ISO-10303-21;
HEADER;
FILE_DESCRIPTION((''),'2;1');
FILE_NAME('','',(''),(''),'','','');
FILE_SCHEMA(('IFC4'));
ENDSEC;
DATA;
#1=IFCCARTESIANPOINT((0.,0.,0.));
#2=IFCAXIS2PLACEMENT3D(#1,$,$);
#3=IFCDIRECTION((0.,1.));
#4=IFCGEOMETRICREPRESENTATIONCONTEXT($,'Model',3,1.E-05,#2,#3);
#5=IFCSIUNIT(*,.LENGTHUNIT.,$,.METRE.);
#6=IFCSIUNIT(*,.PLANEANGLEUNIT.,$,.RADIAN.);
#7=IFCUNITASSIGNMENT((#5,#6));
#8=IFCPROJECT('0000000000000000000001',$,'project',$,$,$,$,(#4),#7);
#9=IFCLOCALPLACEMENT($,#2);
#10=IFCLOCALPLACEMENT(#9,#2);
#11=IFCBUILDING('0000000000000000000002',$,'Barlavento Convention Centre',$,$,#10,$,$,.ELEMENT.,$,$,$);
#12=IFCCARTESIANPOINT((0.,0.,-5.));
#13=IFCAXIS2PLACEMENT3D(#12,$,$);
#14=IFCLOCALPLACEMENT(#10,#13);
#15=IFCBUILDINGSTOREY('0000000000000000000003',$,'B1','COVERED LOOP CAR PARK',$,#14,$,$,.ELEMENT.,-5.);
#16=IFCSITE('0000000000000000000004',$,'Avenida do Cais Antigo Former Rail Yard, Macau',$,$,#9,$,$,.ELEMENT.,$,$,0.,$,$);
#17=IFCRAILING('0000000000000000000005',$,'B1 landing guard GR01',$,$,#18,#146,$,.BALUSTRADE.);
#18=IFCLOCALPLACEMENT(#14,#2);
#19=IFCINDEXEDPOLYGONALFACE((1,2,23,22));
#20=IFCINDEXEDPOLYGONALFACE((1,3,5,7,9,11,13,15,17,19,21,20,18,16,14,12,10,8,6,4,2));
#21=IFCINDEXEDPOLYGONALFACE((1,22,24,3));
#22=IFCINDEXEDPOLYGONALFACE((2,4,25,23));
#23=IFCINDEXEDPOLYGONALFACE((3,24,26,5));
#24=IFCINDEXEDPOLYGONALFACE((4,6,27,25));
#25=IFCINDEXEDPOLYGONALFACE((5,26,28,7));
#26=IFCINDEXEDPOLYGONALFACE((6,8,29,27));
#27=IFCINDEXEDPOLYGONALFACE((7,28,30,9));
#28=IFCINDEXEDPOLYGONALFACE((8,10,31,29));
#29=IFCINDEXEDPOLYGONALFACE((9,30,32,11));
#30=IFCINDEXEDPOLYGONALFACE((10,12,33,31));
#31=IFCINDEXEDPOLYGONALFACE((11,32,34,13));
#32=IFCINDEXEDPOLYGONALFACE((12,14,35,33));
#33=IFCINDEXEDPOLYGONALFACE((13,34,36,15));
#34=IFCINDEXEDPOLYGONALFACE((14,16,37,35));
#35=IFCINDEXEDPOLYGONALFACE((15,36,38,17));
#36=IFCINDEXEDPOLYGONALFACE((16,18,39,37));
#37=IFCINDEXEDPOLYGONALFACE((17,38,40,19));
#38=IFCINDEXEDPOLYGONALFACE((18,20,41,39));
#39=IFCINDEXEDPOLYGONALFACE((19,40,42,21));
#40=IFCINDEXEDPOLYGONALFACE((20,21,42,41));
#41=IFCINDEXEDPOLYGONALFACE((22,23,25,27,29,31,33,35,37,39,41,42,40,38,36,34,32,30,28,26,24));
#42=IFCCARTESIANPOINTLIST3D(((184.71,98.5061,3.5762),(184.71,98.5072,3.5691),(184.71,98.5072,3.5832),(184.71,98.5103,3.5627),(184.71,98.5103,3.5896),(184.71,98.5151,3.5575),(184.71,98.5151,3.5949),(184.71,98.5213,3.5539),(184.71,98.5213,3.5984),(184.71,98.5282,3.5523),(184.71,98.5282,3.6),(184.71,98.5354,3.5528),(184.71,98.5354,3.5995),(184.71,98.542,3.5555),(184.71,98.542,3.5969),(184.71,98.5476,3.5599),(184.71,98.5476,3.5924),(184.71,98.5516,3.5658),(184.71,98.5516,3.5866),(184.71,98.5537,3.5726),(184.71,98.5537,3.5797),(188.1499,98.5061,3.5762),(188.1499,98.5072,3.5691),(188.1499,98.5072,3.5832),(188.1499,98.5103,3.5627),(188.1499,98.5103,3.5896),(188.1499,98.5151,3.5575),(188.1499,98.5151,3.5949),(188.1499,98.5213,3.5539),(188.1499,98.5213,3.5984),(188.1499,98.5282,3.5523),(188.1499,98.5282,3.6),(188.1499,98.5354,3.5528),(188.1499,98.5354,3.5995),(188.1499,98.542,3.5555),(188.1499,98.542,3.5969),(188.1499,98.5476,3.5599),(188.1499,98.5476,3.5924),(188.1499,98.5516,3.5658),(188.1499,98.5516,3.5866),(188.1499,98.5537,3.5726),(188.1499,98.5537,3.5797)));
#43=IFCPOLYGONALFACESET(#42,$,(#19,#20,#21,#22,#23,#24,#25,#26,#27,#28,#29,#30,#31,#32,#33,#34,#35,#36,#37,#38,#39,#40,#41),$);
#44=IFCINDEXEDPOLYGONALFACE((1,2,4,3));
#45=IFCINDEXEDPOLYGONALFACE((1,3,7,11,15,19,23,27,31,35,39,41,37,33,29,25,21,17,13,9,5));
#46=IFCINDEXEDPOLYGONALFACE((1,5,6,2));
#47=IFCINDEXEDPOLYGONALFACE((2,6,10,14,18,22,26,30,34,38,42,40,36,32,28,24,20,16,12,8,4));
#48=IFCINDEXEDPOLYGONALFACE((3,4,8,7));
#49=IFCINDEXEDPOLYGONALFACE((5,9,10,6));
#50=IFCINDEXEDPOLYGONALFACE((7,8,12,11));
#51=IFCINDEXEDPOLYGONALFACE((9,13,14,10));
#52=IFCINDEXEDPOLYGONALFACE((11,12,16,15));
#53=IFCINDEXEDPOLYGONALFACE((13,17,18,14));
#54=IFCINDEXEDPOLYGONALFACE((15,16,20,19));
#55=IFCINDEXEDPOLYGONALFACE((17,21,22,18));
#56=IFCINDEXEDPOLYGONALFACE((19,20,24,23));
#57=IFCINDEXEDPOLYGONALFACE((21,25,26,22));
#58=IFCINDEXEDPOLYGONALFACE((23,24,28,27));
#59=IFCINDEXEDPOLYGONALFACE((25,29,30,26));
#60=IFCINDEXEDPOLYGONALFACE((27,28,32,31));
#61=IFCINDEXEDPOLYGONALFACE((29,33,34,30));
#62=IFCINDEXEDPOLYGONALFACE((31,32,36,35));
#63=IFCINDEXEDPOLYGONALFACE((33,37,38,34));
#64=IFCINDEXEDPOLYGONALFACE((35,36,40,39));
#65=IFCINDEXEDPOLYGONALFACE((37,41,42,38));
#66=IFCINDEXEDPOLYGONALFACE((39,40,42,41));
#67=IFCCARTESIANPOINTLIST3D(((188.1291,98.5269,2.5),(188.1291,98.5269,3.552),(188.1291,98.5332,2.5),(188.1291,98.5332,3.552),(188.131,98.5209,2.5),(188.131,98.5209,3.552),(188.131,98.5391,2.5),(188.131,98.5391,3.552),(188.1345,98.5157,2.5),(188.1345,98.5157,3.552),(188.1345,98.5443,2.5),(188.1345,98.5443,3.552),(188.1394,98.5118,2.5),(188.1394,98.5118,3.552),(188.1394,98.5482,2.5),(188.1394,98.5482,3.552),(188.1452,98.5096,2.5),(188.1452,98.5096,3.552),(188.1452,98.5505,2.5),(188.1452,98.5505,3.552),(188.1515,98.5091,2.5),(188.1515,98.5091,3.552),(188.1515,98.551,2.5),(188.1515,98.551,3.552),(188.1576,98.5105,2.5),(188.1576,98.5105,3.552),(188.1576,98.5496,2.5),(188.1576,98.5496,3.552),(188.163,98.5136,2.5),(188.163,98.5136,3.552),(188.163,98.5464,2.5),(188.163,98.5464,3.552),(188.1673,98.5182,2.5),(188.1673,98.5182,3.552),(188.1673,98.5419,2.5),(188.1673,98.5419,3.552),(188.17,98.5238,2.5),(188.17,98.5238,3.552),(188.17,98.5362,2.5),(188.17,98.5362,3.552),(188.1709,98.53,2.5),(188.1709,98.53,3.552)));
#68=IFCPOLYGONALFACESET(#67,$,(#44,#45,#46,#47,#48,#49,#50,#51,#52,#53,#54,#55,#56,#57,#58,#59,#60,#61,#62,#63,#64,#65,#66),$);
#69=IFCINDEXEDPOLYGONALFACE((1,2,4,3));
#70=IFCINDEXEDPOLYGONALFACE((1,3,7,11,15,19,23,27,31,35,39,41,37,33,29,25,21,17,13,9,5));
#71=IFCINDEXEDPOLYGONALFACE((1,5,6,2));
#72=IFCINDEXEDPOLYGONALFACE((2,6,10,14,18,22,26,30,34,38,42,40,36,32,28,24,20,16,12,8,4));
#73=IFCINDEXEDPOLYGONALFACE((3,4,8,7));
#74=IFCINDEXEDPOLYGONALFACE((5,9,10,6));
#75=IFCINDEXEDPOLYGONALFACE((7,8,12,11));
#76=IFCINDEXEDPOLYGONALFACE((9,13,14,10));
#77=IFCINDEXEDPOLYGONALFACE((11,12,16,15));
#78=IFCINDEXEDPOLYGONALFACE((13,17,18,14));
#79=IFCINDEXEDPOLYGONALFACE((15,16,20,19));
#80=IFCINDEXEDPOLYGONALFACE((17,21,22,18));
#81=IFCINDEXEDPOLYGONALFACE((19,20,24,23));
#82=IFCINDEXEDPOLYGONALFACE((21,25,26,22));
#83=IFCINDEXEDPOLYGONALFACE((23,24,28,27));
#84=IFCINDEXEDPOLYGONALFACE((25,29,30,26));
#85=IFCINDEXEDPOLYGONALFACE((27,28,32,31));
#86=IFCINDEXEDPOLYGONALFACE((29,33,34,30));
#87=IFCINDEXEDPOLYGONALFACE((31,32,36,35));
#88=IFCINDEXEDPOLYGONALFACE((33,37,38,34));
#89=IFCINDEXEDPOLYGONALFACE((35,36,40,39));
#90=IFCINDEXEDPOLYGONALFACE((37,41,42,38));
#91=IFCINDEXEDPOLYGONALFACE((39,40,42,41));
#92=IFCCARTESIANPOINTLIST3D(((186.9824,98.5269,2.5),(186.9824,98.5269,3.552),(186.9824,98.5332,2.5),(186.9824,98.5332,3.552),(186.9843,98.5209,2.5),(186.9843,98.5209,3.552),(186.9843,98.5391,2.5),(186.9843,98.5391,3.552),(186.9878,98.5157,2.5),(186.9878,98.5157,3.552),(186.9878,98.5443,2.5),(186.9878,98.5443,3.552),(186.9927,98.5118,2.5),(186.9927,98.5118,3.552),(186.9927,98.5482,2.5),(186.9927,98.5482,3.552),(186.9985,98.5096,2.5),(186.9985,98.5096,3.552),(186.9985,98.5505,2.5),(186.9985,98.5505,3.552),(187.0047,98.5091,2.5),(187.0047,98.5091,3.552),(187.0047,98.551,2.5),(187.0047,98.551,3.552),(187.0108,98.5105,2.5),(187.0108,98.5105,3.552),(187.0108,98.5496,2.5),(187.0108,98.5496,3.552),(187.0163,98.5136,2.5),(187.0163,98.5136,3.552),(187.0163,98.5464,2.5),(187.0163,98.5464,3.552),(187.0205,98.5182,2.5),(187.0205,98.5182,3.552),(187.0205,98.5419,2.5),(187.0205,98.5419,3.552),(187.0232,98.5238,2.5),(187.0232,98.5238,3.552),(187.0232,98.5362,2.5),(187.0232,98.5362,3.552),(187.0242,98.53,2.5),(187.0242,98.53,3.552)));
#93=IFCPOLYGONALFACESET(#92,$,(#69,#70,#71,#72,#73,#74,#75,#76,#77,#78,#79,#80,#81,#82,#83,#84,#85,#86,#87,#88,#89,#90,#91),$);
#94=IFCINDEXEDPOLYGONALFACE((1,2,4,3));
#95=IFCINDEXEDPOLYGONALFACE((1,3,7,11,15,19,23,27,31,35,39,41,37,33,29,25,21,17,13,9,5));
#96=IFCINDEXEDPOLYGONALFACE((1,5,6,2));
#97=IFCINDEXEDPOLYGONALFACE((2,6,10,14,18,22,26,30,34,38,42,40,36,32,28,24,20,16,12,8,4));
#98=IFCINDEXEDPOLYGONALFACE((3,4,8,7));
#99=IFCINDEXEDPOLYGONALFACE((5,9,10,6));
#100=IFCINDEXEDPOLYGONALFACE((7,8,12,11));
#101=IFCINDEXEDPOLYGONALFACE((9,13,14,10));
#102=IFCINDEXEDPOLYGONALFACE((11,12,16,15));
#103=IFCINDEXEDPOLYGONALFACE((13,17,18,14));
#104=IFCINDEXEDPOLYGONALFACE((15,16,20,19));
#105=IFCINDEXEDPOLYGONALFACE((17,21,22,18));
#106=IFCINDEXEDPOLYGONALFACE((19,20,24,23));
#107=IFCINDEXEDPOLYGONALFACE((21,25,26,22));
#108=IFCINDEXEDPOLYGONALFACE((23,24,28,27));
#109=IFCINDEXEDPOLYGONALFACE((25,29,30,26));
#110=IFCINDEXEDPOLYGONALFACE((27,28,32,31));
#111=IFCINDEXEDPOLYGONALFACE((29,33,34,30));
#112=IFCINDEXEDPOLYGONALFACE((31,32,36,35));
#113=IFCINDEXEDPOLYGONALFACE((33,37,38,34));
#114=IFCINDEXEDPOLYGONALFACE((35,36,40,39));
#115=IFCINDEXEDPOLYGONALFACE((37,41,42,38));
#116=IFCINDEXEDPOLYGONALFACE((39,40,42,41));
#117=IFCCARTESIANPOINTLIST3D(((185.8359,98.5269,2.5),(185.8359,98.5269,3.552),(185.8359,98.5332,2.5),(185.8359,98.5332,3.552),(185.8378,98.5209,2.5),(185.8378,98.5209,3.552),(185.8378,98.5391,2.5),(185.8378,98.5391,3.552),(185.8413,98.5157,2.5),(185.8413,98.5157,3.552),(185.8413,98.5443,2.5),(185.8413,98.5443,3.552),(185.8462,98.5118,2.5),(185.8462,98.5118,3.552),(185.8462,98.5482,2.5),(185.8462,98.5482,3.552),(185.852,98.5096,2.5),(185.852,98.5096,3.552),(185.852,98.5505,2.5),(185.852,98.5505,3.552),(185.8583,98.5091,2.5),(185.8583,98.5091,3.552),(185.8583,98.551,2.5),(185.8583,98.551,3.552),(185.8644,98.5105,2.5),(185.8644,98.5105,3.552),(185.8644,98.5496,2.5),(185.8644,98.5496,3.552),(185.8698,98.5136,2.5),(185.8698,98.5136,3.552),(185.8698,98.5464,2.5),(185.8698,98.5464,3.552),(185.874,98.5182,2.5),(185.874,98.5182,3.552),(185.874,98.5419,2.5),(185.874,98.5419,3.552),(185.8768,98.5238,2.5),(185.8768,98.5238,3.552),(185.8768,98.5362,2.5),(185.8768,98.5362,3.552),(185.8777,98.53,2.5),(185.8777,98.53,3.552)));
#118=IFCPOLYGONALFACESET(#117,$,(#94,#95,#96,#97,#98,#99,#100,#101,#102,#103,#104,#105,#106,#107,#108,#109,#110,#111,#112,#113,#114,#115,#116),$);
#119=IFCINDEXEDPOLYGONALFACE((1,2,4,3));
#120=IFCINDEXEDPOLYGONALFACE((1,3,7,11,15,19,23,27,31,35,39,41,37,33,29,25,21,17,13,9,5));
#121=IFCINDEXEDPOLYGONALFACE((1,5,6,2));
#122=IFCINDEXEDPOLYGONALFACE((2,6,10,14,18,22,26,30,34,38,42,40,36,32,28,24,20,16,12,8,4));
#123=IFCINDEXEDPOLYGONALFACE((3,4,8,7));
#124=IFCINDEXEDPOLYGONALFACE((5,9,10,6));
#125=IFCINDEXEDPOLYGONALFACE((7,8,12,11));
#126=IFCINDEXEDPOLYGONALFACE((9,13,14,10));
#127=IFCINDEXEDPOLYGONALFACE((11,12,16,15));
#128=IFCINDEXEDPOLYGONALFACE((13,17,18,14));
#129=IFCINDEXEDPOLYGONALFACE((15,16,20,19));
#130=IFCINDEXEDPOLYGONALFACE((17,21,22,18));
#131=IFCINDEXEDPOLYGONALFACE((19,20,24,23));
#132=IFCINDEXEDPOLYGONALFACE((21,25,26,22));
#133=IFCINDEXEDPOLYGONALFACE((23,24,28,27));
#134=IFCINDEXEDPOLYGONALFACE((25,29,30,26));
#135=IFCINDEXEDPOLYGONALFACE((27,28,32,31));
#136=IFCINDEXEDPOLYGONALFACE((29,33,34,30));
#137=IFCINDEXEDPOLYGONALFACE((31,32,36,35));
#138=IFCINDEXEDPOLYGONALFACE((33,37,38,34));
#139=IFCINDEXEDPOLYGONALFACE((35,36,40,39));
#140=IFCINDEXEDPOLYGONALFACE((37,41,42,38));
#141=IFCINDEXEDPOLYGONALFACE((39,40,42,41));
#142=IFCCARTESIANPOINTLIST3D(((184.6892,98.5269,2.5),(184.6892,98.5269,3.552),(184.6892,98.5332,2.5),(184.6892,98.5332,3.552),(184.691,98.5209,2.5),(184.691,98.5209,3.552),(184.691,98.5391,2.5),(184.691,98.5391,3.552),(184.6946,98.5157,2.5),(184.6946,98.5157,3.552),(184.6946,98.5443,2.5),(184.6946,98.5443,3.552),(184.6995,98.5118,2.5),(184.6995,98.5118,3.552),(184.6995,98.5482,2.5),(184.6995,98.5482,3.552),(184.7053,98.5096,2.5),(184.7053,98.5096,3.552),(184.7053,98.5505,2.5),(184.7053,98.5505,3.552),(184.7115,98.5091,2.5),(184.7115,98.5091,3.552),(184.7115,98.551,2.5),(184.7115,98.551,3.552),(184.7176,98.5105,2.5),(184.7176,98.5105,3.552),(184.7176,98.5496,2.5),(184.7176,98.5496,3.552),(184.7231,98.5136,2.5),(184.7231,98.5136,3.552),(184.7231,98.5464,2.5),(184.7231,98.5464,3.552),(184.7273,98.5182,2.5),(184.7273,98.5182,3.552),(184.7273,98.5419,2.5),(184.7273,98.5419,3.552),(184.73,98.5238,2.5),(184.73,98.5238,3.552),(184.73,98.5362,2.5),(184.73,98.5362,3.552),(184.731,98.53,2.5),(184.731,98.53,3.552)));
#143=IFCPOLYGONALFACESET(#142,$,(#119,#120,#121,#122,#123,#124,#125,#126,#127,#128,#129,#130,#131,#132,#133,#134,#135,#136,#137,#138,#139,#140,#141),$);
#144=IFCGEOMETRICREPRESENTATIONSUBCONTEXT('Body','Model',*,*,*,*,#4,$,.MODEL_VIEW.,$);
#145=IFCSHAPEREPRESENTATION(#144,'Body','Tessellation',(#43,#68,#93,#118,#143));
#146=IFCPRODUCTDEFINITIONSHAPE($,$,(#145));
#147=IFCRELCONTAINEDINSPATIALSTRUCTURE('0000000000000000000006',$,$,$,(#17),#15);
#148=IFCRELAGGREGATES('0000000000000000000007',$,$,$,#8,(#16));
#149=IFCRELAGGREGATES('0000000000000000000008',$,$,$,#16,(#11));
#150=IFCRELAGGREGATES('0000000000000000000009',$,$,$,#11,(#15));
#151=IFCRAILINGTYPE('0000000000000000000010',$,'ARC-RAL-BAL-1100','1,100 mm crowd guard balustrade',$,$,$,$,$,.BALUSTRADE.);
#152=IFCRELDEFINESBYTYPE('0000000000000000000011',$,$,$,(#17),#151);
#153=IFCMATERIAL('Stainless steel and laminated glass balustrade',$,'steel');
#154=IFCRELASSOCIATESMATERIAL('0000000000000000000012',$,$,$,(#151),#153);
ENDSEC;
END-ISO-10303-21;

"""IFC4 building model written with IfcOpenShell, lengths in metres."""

from ifc_helpers import new_model, si_unit, direction, frame, origin, origin_2d, place, context, subcontext, project, spatial, circle, extrude, material, type_object, element, save


model = new_model("IFC4")

# Units and contexts
model_context = context("Model", 3, precision=1e-05, world=origin(), true_north=direction((0.0, 1.0)))
body_context = subcontext(model_context, "Body", "Model", "MODEL_VIEW")
ifc_project = project(units=[si_unit("LENGTHUNIT", "METRE"), si_unit("PLANEANGLEUNIT", "RADIAN")], contexts=[model_context])

# Site, building, storey
site_placement = place(None, origin())
site = spatial("IfcSite", under=ifc_project, at=site_placement, Name="Avenida do Cais Antigo Former Rail Yard, Macau", CompositionType="ELEMENT", RefElevation=0.0)
building_placement = place(site_placement, origin())
building = spatial("IfcBuilding", under=site, at=building_placement, Name="Barlavento Convention Centre", CompositionType="ELEMENT")
storey_placement = place(building_placement, frame((0.0, 0.0, -5.0)))
storey = spatial("IfcBuildingStorey", under=building, at=storey_placement, Name="B1", Description="COVERED LOOP CAR PARK", CompositionType="ELEMENT", Elevation=-5.0)

# Railing
ifc_material_1 = material(Name="Stainless steel and laminated glass balustrade", Category="steel")
railing_type_1 = type_object("IfcRailingType", Name="ARC-RAL-BAL-1100", Description="1,100 mm crowd guard balustrade", PredefinedType="BALUSTRADE", material=ifc_material_1)
railing_1_placement = place(storey_placement, frame((188.1499, 98.53, 2.5)))
element("IfcRailing", 1, at=railing_1_placement, inside=storey, type_object=railing_type_1, Name="B1 landing guard GR01", PredefinedType="BALUSTRADE", context=body_context, shape_type="SweptSolid", body=[
    extrude(circle(Radius=0.0239, at=origin_2d()), frame((0.0, 0.0, 1.0762), z_axis=(-1.0, 0.0, 0.0), x_axis=(0.0, -1.0, 0.0)), (0.0, 0.0, 1.0), 3.4399),
    extrude(circle(Radius=0.021, at=origin_2d()), origin(), (0.0, 0.0, 1.0), 1.052),
    extrude(circle(Radius=0.021, at=origin_2d()), frame((-1.1467, 0.0, 0.0)), (0.0, 0.0, 1.0), 1.052),
    extrude(circle(Radius=0.021, at=origin_2d()), frame((-2.2932, 0.0, 0.0)), (0.0, 0.0, 1.0), 1.052),
    extrude(circle(Radius=0.021, at=origin_2d()), frame((-3.4399, 0.0, 0.0)), (0.0, 0.0, 1.0), 1.052),
])

save(model, "model.ifc")
